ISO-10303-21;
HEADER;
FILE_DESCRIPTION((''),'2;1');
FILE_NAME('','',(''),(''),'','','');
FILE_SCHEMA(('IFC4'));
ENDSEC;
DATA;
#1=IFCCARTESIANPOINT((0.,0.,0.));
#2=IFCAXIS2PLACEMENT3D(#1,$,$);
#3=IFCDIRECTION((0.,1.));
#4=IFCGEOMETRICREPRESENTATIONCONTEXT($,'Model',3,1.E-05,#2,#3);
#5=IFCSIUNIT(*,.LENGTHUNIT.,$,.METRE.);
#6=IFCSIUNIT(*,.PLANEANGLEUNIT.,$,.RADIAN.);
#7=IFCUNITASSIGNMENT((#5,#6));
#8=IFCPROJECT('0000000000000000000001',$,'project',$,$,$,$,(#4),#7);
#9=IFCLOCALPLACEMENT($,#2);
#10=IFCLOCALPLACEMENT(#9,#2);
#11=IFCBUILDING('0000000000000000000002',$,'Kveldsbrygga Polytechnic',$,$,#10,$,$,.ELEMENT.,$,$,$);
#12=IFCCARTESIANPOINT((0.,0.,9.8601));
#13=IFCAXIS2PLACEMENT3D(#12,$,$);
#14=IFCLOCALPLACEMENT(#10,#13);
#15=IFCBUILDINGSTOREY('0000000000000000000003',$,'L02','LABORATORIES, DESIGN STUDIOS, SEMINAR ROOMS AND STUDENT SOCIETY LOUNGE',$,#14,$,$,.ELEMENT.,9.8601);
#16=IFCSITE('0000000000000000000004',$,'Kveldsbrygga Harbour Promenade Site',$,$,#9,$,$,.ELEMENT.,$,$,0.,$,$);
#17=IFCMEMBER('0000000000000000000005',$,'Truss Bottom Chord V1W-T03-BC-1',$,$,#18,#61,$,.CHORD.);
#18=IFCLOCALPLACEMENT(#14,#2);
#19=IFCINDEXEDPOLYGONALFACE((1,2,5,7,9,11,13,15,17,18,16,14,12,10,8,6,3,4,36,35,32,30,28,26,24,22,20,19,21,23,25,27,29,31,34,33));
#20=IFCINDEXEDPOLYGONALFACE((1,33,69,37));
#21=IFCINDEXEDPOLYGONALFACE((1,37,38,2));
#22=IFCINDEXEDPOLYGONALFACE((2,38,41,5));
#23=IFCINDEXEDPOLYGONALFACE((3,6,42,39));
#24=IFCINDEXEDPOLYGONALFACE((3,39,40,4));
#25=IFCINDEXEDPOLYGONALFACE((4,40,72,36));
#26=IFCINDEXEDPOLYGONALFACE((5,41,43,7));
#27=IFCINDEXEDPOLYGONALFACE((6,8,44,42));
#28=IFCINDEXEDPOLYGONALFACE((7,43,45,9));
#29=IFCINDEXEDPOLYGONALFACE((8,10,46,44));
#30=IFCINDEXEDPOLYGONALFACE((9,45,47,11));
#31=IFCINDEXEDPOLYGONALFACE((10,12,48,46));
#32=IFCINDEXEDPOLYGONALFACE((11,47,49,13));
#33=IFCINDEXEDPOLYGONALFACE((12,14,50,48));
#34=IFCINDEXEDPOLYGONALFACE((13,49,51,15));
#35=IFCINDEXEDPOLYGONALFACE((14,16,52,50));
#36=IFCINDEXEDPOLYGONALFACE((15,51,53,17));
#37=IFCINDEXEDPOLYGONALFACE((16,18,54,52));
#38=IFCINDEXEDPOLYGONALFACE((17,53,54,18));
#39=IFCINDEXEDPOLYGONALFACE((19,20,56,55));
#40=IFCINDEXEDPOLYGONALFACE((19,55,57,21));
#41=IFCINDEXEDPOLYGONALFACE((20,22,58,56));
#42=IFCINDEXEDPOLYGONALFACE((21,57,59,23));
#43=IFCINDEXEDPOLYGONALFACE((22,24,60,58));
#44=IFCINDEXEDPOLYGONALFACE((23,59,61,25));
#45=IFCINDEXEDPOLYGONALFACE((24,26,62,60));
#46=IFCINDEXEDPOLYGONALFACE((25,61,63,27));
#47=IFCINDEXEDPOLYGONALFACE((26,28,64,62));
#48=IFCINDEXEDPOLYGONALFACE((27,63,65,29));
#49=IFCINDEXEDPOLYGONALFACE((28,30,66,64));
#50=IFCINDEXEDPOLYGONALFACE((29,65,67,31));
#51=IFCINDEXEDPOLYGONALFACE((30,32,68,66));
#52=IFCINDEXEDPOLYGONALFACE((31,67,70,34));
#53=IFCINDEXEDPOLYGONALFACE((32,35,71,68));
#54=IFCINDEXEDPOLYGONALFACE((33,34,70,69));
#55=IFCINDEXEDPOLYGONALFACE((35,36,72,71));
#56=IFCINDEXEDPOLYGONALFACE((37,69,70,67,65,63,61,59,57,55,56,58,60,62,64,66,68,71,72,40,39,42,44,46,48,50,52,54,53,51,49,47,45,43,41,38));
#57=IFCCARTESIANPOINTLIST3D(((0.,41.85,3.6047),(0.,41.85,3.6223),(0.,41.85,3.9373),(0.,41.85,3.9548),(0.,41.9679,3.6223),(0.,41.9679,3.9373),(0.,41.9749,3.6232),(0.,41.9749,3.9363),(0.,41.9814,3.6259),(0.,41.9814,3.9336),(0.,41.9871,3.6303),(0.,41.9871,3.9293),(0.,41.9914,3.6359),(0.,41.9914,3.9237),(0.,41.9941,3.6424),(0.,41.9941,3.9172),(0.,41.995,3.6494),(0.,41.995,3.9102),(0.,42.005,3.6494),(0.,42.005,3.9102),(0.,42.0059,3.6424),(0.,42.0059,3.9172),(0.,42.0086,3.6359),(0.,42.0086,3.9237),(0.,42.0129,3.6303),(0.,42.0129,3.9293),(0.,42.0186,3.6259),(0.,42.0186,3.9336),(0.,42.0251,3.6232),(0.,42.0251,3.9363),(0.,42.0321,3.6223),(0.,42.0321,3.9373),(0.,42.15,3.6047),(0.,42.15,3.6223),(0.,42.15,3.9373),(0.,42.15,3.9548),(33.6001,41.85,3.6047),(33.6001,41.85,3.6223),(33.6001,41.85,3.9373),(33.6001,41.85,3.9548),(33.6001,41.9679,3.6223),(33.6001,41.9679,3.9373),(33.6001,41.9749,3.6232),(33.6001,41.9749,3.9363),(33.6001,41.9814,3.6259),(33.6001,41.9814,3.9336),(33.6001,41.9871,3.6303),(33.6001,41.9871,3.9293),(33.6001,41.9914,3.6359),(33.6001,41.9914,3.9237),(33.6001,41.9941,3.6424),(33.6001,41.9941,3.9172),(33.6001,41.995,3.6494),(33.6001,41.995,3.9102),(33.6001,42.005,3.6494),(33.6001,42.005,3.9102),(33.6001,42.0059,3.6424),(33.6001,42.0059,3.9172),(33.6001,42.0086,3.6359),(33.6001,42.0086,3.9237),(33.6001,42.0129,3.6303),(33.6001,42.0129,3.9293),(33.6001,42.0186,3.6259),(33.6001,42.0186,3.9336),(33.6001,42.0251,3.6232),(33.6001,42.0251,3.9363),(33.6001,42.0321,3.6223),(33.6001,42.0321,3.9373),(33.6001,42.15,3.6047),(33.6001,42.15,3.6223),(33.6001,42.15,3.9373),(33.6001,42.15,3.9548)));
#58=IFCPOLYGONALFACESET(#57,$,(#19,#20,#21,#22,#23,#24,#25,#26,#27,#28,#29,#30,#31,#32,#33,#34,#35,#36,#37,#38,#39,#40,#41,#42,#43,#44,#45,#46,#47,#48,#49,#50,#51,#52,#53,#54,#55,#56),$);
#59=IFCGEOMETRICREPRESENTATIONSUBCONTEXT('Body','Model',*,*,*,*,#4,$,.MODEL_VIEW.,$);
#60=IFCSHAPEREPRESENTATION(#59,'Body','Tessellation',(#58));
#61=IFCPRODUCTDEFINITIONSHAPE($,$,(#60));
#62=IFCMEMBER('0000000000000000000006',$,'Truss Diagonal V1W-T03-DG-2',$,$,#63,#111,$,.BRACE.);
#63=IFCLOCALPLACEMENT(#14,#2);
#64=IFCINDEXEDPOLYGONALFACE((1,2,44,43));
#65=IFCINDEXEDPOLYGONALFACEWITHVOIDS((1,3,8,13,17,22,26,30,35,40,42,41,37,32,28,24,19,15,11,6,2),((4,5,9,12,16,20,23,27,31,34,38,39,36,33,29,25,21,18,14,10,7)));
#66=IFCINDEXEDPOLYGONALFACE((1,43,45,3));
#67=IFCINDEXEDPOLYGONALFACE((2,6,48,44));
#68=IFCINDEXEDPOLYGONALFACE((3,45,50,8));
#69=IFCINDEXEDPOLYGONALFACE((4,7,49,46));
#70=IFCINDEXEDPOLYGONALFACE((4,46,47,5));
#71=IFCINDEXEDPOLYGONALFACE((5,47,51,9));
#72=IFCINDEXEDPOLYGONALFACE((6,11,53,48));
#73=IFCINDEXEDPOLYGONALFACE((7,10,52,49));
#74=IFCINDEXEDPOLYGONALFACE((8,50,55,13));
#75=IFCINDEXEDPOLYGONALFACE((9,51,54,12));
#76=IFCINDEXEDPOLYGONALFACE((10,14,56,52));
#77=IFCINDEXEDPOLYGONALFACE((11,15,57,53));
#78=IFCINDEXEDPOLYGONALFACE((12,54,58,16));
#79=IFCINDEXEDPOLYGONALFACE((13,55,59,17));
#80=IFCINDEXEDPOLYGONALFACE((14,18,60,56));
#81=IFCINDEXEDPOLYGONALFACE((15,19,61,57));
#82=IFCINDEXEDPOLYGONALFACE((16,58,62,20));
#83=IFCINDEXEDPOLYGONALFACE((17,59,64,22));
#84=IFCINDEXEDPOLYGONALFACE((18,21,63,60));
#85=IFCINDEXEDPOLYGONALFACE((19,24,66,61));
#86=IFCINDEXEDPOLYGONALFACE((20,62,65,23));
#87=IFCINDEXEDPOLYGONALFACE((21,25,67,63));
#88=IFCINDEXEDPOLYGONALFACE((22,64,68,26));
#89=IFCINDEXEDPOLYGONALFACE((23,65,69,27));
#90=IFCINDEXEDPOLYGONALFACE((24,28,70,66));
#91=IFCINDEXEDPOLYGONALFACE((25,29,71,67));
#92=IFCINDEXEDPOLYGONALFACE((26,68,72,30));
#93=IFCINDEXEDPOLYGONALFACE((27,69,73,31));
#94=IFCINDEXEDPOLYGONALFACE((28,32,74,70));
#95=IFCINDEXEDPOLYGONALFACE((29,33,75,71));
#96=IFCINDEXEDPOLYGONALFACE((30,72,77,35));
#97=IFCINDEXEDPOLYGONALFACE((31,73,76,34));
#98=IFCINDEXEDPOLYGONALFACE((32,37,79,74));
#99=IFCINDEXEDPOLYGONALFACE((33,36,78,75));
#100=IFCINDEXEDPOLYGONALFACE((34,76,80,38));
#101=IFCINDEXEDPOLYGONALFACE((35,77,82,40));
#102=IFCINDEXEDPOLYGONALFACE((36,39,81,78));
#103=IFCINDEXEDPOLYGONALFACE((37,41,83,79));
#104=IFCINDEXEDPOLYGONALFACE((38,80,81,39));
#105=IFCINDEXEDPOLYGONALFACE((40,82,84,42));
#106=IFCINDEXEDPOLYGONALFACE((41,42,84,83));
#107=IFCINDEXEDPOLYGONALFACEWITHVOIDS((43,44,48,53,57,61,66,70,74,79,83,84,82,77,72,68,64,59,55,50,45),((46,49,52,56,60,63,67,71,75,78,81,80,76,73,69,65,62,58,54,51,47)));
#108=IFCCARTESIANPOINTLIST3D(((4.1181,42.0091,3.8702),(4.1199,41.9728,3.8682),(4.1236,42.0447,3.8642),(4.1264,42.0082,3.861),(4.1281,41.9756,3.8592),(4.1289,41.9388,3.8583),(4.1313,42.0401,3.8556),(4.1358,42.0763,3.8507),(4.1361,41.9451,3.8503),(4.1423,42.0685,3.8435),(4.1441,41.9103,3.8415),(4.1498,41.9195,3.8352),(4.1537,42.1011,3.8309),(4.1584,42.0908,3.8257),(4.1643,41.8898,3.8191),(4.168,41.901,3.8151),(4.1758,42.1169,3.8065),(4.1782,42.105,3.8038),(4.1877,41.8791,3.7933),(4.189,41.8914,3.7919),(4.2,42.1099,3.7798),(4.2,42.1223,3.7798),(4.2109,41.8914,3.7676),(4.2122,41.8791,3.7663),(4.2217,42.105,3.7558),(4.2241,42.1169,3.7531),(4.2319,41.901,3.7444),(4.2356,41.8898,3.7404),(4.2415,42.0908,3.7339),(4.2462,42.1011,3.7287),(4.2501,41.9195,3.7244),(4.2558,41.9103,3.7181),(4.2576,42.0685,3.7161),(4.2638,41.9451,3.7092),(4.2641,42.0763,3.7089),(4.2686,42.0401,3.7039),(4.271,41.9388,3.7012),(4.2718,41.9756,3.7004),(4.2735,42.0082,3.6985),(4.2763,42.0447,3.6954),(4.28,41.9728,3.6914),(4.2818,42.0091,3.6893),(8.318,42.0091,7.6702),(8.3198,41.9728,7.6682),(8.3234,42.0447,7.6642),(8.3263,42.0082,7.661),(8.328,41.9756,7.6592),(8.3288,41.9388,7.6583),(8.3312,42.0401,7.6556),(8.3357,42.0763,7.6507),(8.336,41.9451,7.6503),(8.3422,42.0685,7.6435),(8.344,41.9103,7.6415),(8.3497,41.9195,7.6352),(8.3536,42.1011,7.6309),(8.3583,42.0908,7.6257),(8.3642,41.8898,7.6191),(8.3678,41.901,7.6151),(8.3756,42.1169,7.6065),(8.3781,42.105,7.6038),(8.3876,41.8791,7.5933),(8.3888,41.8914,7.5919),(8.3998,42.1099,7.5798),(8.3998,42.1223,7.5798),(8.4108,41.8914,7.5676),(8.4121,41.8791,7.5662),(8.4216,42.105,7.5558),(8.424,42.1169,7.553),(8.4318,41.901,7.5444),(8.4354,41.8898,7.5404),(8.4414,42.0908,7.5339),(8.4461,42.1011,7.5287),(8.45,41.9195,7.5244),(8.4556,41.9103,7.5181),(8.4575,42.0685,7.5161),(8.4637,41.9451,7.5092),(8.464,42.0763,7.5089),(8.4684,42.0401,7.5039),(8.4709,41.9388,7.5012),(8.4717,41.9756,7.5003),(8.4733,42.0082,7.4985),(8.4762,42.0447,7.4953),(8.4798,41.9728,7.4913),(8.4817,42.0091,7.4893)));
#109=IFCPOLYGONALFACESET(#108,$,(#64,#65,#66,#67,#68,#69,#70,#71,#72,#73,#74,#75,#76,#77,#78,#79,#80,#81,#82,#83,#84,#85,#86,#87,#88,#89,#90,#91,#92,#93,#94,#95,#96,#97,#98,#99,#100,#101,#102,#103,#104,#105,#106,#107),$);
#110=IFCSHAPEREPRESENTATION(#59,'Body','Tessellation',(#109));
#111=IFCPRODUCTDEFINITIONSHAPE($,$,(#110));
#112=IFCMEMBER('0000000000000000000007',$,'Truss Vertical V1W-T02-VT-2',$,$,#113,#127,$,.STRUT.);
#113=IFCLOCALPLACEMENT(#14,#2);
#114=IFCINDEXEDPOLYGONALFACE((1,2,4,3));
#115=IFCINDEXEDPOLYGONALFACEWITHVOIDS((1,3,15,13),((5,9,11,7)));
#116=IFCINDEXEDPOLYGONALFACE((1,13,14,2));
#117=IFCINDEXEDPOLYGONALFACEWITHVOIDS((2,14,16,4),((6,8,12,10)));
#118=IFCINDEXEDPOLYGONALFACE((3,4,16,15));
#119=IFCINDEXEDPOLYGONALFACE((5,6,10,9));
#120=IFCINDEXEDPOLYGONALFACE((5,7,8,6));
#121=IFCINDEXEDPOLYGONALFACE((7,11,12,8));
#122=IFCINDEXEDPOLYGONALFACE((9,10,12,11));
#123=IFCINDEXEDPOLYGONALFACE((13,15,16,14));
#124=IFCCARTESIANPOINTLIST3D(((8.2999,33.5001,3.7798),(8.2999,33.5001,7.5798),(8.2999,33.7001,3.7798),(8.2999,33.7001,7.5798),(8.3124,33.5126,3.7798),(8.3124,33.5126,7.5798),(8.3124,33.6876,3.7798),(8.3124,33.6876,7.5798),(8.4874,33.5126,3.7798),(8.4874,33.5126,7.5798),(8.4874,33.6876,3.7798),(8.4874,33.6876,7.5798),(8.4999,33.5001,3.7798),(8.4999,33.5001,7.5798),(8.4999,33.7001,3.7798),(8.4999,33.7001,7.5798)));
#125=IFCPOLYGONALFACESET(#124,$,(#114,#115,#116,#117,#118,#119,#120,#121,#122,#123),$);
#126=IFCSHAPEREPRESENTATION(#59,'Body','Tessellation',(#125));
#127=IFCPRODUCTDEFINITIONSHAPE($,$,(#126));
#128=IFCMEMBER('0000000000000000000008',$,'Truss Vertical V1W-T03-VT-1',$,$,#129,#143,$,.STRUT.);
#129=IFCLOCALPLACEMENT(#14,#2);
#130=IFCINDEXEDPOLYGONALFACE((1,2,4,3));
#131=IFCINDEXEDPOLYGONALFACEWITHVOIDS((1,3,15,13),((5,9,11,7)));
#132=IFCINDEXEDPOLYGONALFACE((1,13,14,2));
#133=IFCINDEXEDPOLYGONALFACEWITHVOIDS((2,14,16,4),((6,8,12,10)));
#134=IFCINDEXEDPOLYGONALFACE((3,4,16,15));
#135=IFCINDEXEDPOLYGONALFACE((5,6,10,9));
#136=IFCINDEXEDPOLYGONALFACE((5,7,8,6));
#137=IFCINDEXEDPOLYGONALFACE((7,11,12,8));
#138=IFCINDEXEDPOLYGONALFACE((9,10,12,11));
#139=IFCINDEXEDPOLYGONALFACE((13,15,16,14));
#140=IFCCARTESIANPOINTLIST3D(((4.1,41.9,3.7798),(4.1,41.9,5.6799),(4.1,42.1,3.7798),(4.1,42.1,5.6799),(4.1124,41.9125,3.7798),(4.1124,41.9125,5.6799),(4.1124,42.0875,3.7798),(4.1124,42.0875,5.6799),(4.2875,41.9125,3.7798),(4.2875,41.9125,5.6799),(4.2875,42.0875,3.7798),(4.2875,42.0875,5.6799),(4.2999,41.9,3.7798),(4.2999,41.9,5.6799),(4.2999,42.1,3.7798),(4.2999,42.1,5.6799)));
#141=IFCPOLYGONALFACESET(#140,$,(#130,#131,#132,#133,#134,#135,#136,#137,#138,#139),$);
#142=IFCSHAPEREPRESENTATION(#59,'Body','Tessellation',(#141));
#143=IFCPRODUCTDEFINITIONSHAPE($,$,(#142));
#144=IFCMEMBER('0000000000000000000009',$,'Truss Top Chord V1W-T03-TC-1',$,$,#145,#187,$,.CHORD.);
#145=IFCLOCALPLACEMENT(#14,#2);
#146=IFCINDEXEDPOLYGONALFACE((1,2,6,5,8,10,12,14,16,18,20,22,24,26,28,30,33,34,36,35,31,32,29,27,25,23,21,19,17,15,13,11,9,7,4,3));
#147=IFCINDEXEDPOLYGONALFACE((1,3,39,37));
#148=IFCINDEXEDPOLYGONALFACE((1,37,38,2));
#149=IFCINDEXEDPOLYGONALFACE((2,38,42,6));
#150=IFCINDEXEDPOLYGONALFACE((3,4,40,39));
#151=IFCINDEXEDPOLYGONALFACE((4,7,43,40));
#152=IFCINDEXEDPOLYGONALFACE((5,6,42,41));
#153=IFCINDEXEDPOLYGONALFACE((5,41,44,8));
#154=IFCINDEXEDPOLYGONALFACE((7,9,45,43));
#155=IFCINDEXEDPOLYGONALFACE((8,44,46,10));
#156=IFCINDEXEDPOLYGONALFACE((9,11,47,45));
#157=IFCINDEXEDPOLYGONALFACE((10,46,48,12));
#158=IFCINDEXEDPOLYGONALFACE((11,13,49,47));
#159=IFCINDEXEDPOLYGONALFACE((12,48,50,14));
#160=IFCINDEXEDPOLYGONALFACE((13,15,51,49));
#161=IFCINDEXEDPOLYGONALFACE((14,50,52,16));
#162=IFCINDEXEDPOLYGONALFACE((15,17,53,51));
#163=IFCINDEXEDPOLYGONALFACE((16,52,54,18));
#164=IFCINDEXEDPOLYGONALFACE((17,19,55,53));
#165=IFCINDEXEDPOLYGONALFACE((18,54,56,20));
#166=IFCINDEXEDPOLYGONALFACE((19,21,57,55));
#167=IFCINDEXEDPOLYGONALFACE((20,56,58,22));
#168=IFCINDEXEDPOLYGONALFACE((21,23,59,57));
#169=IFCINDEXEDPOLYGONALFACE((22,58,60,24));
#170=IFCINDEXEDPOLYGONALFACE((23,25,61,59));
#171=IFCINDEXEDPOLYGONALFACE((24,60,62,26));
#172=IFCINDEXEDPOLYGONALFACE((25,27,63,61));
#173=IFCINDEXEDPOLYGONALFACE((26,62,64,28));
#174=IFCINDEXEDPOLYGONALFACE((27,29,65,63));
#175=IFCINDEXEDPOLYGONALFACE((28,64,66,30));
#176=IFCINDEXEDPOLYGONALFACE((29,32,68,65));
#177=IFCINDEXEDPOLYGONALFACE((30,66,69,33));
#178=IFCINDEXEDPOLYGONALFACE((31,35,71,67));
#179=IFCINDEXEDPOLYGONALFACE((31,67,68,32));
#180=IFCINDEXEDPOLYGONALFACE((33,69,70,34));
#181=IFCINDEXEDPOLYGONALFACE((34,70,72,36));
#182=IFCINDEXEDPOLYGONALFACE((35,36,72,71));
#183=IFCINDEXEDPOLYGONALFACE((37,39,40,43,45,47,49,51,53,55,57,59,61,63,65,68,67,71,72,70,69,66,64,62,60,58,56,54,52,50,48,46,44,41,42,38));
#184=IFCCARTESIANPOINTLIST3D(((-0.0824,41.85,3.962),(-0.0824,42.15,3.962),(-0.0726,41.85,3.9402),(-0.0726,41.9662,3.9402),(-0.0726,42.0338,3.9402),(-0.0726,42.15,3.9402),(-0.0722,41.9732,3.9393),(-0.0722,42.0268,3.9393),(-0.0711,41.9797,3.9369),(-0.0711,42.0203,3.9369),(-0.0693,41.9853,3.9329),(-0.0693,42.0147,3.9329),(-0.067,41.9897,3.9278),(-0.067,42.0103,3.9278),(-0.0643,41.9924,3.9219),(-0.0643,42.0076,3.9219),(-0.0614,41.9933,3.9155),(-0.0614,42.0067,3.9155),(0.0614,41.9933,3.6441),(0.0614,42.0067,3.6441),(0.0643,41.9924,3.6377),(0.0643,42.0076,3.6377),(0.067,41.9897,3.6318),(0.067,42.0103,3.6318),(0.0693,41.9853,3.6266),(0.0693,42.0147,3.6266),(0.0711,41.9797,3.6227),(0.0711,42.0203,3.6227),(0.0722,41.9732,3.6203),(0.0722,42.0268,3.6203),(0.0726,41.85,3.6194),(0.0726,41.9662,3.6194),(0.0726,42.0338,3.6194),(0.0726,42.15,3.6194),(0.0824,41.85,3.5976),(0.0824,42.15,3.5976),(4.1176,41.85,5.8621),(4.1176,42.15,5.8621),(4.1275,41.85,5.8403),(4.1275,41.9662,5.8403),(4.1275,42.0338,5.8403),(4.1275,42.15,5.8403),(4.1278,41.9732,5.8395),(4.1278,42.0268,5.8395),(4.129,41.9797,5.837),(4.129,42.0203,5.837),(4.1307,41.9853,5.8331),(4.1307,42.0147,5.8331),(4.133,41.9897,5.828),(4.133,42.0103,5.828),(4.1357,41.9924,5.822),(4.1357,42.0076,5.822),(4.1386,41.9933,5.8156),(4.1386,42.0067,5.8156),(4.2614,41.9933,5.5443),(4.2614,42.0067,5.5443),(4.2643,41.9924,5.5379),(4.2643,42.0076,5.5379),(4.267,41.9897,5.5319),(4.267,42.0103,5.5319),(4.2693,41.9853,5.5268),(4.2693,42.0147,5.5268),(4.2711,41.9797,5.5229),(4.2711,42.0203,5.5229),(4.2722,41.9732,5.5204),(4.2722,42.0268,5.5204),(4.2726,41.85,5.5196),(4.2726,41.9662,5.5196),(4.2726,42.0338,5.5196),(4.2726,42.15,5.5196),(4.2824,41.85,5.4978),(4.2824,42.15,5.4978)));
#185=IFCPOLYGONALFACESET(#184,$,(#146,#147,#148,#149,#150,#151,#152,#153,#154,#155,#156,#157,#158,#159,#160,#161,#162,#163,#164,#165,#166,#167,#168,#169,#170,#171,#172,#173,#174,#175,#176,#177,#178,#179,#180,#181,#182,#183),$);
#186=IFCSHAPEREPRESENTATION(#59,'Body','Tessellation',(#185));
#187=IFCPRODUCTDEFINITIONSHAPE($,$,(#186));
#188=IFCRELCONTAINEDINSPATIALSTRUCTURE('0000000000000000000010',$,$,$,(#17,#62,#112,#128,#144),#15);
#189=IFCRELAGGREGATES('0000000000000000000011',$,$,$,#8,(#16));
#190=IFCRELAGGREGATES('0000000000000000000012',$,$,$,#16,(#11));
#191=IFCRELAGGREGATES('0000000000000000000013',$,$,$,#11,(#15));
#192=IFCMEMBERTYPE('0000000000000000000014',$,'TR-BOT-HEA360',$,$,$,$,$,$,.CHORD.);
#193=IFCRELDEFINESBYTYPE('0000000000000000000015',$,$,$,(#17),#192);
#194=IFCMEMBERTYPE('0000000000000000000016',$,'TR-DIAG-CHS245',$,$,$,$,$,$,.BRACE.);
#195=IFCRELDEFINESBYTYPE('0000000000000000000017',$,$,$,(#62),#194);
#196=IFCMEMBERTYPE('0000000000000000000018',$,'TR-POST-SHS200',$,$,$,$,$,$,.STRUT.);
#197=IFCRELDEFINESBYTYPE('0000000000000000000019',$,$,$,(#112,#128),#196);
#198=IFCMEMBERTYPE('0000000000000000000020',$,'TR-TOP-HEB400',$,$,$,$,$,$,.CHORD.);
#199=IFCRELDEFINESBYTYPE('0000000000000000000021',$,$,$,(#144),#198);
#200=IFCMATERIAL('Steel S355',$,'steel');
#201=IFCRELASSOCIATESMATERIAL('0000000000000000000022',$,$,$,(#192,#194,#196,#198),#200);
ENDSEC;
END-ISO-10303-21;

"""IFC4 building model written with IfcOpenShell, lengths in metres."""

from ifc_helpers import new_model, si_unit, direction, frame, origin, origin_2d, place, context, subcontext, project, spatial, hollow_rectangle, hollow_circle, i_section, extrude, material, material_profile, profile_set, type_object, element, save


model = new_model("IFC4")

# Units and contexts
model_context = context("Model", 3, precision=1e-05, world=origin(), true_north=direction((0.0, 1.0)))
body_context = subcontext(model_context, "Body", "Model", "MODEL_VIEW")
ifc_project = project(units=[si_unit("LENGTHUNIT", "METRE"), si_unit("PLANEANGLEUNIT", "RADIAN")], contexts=[model_context])

# Site, building, storey
site_placement = place(None, origin())
site = spatial("IfcSite", under=ifc_project, at=site_placement, Name="Kveldsbrygga Harbour Promenade Site", CompositionType="ELEMENT", RefElevation=0.0)
building_placement = place(site_placement, origin())
building = spatial("IfcBuilding", under=site, at=building_placement, Name="Kveldsbrygga Polytechnic", CompositionType="ELEMENT")
storey_placement = place(building_placement, frame((0.0, 0.0, 9.8601)))
storey = spatial("IfcBuildingStorey", under=building, at=storey_placement, Name="L02", Description="LABORATORIES, DESIGN STUDIOS, SEMINAR ROOMS AND STUDENT SOCIETY LOUNGE", CompositionType="ELEMENT", Elevation=9.8601)

# Shared definitions
ifc_material_1 = material(Name="Steel S355", Category="steel")

# Members
ifc_material_profile_1 = material_profile(ifc_material_1, i_section(OverallWidth=0.3, OverallDepth=0.3501, WebThickness=0.01, FlangeThickness=0.0176, FilletRadius=0.0271, at=origin_2d()), Name="HEA 360")
ifc_profile_set_1 = profile_set([ifc_material_profile_1], Name="Steel S355")
member_type_1 = type_object("IfcMemberType", Name="TR-BOT-HEA360", PredefinedType="CHORD", material=ifc_profile_set_1)
member_1_placement = place(storey_placement, frame((0.0, 42.0, 3.7798), z_axis=(1.0, 0.0, 0.0), x_axis=(0.0, 1.0, 0.0)))
element("IfcMember", 1, at=member_1_placement, inside=storey, type_object=member_type_1, Name="Truss Bottom Chord V1W-T03-BC-1", PredefinedType="CHORD", context=body_context, shape_type="SweptSolid", body=[
    extrude(i_section(OverallWidth=0.3, OverallDepth=0.3501, WebThickness=0.01, FlangeThickness=0.0176, FilletRadius=0.0271, at=origin_2d()), origin(), (0.0, 0.0, 1.0), 33.6001),
])
ifc_material_profile_2 = material_profile(ifc_material_1, hollow_circle(Radius=0.1223, WallThickness=0.0125, at=origin_2d()), Name="CHS 244.5x12.5")
ifc_profile_set_2 = profile_set([ifc_material_profile_2], Name="Steel S355")
member_type_2 = type_object("IfcMemberType", Name="TR-DIAG-CHS245", PredefinedType="BRACE", material=ifc_profile_set_2)
member_2_placement = place(storey_placement, frame((4.2, 42.0, 3.7798), z_axis=(0.741528, 0.0, 0.670922), x_axis=(0.0, 1.0, 0.0)))
element("IfcMember", 2, at=member_2_placement, inside=storey, type_object=member_type_2, Name="Truss Diagonal V1W-T03-DG-2", PredefinedType="BRACE", context=body_context, shape_type="SweptSolid", body=[
    extrude(hollow_circle(Radius=0.1223, WallThickness=0.0125, at=origin_2d()), origin(), (0.0, 0.0, 1.0), 5.6638),
])
ifc_material_profile_3 = material_profile(ifc_material_1, hollow_rectangle(XDim=0.2, YDim=0.2, WallThickness=0.0125, at=origin_2d()), Name="SHS 200x200x12.5")
ifc_profile_set_3 = profile_set([ifc_material_profile_3], Name="Steel S355")
member_type_3 = type_object("IfcMemberType", Name="TR-POST-SHS200", PredefinedType="STRUT", material=ifc_profile_set_3)
member_3_placement = place(storey_placement, frame((8.3999, 33.6001, 3.7798), z_axis=(0.0, 0.0, 1.0), x_axis=(1.0, 0.0, 0.0)))
element("IfcMember", 3, at=member_3_placement, inside=storey, type_object=member_type_3, Name="Truss Vertical V1W-T02-VT-2", PredefinedType="STRUT", context=body_context, shape_type="SweptSolid", body=[
    extrude(hollow_rectangle(XDim=0.2, YDim=0.2, WallThickness=0.0125, at=origin_2d()), origin(), (0.0, 0.0, 1.0), 3.8),
])
member_4_placement = place(storey_placement, frame((4.2, 42.0, 3.7798), z_axis=(0.0, 0.0, 1.0), x_axis=(1.0, 0.0, 0.0)))
element("IfcMember", 4, at=member_4_placement, inside=storey, type_object=member_type_3, Name="Truss Vertical V1W-T03-VT-1", PredefinedType="STRUT", context=body_context, shape_type="SweptSolid", body=[
    extrude(hollow_rectangle(XDim=0.2, YDim=0.2, WallThickness=0.0125, at=origin_2d()), origin(), (0.0, 0.0, 1.0), 1.9001),
])
ifc_material_profile_4 = material_profile(ifc_material_1, i_section(OverallWidth=0.3, OverallDepth=0.3999, WebThickness=0.0134, FlangeThickness=0.0239, FilletRadius=0.0271, at=origin_2d()), Name="HEB 400")
ifc_profile_set_4 = profile_set([ifc_material_profile_4], Name="Steel S355")
member_type_4 = type_object("IfcMemberType", Name="TR-TOP-HEB400", PredefinedType="CHORD", material=ifc_profile_set_4)
member_5_placement = place(storey_placement, frame((0.0, 42.0, 3.7798), z_axis=(0.911094, 0.0, 0.412198), x_axis=(0.0, 1.0, 0.0)))
element("IfcMember", 5, at=member_5_placement, inside=storey, type_object=member_type_4, Name="Truss Top Chord V1W-T03-TC-1", PredefinedType="CHORD", context=body_context, shape_type="SweptSolid", body=[
    extrude(i_section(OverallWidth=0.3, OverallDepth=0.3999, WebThickness=0.0134, FlangeThickness=0.0239, FilletRadius=0.0271, at=origin_2d()), origin(), (0.0, 0.0, 1.0), 4.6099),
])

save(model, "model.ifc")
